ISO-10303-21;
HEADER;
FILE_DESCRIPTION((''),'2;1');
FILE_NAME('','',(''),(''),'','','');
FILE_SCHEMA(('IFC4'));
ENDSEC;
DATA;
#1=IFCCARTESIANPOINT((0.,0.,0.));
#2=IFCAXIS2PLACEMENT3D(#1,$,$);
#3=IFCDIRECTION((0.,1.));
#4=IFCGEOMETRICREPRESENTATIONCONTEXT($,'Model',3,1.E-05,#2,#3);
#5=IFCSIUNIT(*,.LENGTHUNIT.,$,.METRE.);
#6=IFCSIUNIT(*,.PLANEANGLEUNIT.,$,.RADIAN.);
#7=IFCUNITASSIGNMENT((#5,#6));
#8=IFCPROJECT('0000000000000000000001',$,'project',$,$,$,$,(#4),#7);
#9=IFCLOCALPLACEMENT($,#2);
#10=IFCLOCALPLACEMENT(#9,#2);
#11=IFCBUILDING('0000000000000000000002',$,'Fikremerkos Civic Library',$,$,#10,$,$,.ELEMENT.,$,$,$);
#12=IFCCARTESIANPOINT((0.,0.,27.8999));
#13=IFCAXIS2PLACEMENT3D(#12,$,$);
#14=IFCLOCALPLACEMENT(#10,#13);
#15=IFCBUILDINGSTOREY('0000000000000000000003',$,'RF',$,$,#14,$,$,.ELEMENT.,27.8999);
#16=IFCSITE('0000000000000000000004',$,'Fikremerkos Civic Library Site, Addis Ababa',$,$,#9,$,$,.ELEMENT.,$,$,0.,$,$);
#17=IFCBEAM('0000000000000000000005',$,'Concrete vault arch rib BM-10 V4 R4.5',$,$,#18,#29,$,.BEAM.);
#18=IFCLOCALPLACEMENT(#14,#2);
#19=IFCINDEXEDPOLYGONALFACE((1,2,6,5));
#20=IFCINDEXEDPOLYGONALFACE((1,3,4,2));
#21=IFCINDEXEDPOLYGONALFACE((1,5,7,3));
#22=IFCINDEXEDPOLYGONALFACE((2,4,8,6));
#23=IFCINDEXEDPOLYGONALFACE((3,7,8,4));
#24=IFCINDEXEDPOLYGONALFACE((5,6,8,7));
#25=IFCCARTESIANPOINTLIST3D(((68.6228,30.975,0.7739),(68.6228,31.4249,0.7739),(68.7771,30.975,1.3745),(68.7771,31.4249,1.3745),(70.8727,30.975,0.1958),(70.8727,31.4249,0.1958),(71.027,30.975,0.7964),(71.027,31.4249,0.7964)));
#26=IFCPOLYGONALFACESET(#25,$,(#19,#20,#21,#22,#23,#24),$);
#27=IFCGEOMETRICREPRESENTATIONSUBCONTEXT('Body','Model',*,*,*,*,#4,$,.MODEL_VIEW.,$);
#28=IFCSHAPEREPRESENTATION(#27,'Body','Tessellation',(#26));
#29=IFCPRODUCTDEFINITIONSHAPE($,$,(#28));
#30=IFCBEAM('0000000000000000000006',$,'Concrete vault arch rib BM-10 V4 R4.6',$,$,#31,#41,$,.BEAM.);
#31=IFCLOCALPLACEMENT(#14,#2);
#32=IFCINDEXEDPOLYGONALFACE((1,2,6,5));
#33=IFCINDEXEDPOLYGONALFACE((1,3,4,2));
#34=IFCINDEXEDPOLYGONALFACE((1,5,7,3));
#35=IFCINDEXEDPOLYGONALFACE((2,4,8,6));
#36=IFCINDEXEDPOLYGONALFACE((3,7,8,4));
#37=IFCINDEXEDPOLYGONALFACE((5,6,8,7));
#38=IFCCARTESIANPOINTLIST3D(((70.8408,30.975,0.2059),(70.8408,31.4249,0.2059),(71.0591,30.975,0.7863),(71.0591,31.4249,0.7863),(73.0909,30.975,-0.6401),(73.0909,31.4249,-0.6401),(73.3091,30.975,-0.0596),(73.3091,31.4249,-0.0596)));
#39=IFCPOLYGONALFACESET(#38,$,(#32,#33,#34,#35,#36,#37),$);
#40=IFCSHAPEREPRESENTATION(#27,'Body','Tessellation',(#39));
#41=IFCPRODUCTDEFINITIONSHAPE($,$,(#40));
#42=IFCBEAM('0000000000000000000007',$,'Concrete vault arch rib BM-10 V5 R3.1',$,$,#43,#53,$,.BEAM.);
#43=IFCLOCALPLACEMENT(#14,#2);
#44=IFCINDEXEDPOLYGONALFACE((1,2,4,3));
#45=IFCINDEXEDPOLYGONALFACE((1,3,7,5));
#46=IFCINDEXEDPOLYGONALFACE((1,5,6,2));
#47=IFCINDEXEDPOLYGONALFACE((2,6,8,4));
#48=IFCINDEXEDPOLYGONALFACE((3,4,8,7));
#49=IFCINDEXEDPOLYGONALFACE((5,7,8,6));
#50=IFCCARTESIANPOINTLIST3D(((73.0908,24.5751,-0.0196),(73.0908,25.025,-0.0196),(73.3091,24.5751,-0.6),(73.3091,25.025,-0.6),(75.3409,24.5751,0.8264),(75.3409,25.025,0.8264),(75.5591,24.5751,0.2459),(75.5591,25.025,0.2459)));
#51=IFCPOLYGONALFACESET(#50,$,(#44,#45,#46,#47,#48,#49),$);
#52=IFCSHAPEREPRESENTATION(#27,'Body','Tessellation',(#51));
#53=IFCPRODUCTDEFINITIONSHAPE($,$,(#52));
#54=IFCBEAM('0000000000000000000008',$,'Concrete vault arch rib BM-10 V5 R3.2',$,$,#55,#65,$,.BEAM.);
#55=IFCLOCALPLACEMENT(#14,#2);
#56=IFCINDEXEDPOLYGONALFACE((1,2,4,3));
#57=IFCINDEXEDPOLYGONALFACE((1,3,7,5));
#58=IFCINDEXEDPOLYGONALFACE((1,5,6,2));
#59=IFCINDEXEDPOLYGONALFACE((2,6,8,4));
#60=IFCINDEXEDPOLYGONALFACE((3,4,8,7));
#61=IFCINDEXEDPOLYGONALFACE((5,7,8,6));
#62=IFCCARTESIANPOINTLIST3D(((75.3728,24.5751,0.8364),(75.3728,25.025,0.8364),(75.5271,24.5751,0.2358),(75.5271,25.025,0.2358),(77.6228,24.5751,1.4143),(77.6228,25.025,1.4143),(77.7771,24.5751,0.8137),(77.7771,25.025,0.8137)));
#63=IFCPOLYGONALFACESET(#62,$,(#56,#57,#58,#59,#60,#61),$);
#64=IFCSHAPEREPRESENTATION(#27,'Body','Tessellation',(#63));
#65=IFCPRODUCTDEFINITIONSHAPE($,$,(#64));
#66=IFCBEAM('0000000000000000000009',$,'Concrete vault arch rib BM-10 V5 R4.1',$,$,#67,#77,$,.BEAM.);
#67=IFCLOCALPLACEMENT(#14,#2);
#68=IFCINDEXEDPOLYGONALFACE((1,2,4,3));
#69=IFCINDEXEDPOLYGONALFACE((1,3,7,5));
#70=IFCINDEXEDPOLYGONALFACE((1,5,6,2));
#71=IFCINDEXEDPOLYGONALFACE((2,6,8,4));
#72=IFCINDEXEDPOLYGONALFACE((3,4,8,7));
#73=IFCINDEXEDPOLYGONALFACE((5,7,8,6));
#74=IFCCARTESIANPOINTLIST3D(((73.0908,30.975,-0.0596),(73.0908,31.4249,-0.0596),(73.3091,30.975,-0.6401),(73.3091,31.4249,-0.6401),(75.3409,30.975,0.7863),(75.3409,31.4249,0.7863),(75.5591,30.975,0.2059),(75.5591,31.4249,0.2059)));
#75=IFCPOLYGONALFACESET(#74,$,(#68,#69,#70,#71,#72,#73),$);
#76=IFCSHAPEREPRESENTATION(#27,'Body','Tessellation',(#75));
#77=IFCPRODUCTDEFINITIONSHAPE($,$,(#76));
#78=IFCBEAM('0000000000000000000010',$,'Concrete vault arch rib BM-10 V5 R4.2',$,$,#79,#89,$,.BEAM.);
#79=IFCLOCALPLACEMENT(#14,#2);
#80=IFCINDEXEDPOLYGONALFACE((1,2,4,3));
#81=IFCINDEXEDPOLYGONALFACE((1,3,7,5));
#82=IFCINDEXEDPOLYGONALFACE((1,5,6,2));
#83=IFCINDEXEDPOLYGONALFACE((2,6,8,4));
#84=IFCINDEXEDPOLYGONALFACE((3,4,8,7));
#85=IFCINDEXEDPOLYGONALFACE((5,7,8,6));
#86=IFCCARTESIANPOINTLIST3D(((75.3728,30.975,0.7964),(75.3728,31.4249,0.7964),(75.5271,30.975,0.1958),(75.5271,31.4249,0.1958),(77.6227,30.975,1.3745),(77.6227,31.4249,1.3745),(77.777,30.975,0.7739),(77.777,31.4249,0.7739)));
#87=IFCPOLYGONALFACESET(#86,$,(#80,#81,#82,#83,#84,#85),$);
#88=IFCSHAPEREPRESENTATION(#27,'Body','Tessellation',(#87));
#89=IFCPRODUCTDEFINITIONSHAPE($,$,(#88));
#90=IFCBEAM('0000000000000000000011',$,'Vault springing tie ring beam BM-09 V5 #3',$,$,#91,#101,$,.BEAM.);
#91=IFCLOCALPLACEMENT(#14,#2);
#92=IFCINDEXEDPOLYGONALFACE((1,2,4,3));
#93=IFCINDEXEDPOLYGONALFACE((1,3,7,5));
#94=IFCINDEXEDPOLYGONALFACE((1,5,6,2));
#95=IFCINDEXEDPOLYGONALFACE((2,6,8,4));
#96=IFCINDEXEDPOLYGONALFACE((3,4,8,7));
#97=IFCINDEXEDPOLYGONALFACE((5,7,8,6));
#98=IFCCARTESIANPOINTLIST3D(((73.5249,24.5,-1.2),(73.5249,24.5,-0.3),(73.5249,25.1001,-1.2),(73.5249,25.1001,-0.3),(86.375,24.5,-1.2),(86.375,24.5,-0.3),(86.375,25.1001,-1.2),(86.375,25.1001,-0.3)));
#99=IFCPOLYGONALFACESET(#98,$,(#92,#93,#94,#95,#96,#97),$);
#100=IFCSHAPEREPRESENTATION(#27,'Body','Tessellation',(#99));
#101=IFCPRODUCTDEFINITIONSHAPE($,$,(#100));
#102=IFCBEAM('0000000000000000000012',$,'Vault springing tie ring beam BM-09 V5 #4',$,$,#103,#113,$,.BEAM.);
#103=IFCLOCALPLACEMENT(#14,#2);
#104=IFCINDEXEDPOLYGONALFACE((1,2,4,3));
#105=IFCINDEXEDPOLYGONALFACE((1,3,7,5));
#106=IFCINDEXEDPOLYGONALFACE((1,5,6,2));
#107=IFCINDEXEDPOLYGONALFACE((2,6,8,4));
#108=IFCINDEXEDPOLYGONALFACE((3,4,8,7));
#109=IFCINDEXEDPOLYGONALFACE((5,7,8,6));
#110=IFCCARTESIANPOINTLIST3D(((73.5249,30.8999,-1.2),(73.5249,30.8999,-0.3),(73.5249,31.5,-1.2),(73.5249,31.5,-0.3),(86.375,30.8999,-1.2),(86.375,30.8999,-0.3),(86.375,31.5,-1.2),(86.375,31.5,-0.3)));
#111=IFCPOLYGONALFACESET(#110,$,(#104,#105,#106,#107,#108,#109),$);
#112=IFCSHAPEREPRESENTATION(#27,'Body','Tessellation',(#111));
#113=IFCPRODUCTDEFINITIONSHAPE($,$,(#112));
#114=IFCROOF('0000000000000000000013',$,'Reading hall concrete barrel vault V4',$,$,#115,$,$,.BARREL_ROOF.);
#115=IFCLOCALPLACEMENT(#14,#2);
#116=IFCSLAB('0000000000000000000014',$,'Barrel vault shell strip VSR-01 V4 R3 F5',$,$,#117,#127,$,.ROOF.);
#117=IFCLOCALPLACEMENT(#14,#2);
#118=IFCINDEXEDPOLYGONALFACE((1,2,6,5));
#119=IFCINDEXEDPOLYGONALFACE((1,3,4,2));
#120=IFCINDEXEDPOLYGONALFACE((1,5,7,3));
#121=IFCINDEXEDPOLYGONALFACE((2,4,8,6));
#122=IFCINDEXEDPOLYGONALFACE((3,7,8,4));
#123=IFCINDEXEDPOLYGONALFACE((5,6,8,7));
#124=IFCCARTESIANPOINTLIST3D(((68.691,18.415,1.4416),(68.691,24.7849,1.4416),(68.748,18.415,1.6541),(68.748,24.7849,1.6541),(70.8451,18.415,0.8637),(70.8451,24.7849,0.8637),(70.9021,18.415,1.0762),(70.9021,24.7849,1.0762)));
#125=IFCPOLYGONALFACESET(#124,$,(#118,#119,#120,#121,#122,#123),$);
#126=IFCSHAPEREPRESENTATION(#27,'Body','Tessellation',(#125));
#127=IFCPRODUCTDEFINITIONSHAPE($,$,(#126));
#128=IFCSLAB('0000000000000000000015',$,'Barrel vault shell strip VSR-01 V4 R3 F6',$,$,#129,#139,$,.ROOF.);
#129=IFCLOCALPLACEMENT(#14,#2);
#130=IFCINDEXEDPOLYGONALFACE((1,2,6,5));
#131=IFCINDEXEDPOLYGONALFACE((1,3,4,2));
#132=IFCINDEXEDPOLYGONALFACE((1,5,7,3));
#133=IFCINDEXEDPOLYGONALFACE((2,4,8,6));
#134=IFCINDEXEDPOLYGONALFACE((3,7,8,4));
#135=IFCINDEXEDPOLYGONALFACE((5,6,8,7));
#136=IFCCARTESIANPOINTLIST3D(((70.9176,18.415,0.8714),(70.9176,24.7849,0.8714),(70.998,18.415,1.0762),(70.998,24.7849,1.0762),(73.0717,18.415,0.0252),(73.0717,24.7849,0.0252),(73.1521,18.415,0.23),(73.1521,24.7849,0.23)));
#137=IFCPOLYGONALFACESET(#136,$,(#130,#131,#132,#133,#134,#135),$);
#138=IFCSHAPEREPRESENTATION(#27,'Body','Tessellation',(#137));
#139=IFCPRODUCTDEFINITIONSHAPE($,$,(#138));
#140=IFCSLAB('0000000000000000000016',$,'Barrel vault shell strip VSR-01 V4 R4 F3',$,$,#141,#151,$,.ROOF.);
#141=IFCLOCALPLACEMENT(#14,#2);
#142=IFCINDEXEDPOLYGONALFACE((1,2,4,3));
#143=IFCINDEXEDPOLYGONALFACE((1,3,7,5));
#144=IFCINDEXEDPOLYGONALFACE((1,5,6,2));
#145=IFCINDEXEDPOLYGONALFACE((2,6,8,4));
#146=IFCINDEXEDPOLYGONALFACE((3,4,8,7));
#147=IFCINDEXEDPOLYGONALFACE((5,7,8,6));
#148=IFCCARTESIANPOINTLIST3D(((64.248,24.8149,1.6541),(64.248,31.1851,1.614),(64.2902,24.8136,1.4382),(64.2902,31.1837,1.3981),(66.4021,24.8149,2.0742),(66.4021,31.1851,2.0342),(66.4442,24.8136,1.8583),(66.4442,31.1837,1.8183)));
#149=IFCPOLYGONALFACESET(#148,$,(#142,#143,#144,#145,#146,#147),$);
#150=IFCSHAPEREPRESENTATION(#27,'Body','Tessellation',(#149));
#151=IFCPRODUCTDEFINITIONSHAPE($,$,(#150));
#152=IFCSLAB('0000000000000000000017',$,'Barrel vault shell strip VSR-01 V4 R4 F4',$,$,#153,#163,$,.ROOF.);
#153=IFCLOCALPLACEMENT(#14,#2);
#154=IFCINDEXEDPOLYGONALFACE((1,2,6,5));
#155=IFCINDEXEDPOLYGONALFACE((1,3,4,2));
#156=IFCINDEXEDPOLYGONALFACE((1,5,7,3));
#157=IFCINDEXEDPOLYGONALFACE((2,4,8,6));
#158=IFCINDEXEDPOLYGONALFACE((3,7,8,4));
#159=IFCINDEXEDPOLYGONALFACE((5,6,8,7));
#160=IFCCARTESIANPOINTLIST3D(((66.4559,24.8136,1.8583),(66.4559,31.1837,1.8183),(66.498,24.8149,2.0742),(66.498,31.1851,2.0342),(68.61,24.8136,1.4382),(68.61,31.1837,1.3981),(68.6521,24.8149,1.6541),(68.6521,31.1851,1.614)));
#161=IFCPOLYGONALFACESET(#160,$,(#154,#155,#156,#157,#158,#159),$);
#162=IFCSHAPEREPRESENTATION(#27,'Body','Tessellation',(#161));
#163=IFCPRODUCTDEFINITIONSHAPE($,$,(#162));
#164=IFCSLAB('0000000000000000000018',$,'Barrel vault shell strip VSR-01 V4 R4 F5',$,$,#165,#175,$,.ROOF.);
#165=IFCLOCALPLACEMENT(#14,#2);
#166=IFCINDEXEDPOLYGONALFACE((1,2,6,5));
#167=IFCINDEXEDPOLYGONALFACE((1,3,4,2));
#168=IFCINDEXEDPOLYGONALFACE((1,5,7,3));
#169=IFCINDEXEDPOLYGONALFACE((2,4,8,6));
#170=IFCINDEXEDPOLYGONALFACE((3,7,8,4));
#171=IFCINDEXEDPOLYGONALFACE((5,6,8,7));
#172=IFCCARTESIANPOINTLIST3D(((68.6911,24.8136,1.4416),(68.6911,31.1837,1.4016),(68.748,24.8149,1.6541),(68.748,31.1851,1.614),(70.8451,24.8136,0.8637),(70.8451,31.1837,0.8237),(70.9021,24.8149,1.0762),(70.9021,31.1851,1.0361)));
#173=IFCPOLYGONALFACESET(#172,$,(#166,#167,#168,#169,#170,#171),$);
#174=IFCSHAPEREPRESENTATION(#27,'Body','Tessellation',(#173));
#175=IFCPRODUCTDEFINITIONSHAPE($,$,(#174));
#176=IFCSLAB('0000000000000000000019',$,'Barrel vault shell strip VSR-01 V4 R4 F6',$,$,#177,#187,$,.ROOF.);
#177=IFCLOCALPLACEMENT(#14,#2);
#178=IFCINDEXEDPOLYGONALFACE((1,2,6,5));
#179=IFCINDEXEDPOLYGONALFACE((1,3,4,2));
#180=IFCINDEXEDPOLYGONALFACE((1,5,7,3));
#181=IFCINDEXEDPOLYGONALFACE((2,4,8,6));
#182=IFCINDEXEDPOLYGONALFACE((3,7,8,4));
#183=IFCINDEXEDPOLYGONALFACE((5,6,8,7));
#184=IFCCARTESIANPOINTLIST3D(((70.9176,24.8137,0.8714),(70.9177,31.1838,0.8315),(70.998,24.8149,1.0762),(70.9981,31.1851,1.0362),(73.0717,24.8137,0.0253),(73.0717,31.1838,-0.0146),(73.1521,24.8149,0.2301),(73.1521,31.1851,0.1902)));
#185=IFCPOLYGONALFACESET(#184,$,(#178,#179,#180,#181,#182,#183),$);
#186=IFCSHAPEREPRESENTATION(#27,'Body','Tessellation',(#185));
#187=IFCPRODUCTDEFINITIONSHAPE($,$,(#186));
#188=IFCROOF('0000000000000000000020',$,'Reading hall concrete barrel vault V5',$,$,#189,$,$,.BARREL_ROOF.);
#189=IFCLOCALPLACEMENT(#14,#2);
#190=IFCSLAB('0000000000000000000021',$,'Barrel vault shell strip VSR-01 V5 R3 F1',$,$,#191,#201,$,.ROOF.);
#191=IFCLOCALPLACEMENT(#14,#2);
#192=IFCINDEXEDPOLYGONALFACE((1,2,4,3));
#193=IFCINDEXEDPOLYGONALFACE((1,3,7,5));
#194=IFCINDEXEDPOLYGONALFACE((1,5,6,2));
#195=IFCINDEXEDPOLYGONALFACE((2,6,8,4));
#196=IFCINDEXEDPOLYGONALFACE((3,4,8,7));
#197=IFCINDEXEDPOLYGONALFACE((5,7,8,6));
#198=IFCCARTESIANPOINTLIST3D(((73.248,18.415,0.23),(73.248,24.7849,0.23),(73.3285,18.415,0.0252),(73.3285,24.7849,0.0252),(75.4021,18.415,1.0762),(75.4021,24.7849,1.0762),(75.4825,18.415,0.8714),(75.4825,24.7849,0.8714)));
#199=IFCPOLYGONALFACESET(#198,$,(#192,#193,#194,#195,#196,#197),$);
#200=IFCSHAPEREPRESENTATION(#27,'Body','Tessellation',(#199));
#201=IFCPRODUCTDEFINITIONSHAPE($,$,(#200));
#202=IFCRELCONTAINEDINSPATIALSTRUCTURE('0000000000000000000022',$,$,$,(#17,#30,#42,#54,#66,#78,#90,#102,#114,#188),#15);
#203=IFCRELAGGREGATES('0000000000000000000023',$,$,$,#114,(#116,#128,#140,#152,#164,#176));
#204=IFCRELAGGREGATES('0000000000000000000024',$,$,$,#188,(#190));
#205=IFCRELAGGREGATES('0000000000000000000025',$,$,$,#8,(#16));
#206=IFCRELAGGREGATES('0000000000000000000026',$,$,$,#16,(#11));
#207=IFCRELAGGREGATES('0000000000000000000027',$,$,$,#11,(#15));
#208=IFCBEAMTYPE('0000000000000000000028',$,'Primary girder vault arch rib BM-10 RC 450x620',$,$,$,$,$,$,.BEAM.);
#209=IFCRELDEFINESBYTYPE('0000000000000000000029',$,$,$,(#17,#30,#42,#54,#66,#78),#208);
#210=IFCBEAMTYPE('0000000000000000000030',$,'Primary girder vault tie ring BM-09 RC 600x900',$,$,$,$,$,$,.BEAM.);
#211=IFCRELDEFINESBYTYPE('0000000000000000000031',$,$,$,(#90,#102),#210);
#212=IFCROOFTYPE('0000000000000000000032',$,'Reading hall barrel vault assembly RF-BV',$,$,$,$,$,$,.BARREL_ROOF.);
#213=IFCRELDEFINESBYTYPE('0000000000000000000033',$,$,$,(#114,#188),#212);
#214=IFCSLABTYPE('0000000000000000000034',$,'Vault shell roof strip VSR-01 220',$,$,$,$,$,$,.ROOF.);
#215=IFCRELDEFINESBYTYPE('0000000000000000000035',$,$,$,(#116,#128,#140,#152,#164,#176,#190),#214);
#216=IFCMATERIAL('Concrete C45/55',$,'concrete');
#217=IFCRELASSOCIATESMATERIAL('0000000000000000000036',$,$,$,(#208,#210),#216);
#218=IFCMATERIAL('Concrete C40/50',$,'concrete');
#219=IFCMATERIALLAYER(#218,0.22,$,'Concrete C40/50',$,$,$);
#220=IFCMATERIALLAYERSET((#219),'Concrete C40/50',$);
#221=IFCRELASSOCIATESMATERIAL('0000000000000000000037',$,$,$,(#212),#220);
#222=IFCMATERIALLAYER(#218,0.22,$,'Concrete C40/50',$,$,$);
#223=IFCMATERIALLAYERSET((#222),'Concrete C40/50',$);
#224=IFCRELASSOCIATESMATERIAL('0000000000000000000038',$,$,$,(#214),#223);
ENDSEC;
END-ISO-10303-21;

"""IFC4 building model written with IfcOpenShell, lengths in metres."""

from ifc_helpers import new_model, si_unit, direction, frame, origin, origin_2d, place, context, subcontext, project, spatial, polyline, rectangle, outline, extrude, material, layer, layer_set, material_profile, profile_set, type_object, element, aggregate, save


model = new_model("IFC4")

# Units and contexts
model_context = context("Model", 3, precision=1e-05, world=origin(), true_north=direction((0.0, 1.0)))
body_context = subcontext(model_context, "Body", "Model", "MODEL_VIEW")
ifc_project = project(units=[si_unit("LENGTHUNIT", "METRE"), si_unit("PLANEANGLEUNIT", "RADIAN")], contexts=[model_context])

# Site, building, storey
site_placement = place(None, origin())
site = spatial("IfcSite", under=ifc_project, at=site_placement, Name="Fikremerkos Civic Library Site, Addis Ababa", CompositionType="ELEMENT", RefElevation=0.0)
building_placement = place(site_placement, origin())
building = spatial("IfcBuilding", under=site, at=building_placement, Name="Fikremerkos Civic Library", CompositionType="ELEMENT")
storey_placement = place(building_placement, frame((0.0, 0.0, 27.8999)))
storey = spatial("IfcBuildingStorey", under=building, at=storey_placement, Name="RF", CompositionType="ELEMENT", Elevation=27.8999)

# Beams
ifc_material_1 = material(Name="Concrete C45/55", Category="concrete")
ifc_material_profile_1 = material_profile(ifc_material_1, rectangle(XDim=0.45, YDim=0.6201, at=origin_2d()), Name="RC 450x620")
ifc_profile_set_1 = profile_set([ifc_material_profile_1], Name="Concrete C45/55")
beam_type_1 = type_object("IfcBeamType", Name="Primary girder vault arch rib BM-10 RC 450x620", PredefinedType="BEAM", material=ifc_profile_set_1)
beam_1_placement = place(storey_placement, frame((68.7, 31.2, 1.0742), z_axis=(0.968539, 0.0, -0.248861), x_axis=(0.0, 1.0, 0.0)))
element("IfcBeam", 1, at=beam_1_placement, inside=storey, type_object=beam_type_1, Name="Concrete vault arch rib BM-10 V4 R4.5", PredefinedType="BEAM", context=body_context, shape_type="SweptSolid", body=[
    extrude(rectangle(XDim=0.45, YDim=0.6201, at=origin_2d()), origin(), (0.0, 0.0, 1.0), 2.323),
])
for number, where, z_axis, x_axis, name in (
    (2, (70.95, 31.2, 0.4961), (0.936028, 0.0, -0.351925), (0.0, 1.0, 0.0), "Concrete vault arch rib BM-10 V4 R4.6"),
    (3, (73.2, 24.8, -0.3098), (0.936028, 0.0, 0.351925), (0.0, 1.0, 0.0), "Concrete vault arch rib BM-10 V5 R3.1"),
):
    element("IfcBeam", number, at=place(storey_placement, frame(where, z_axis=z_axis, x_axis=x_axis)), inside=storey, type_object=beam_type_1, Name=name, PredefinedType="BEAM", context=body_context, shape_type="SweptSolid", body=[
        extrude(rectangle(XDim=0.45, YDim=0.6201, at=origin_2d()), origin(), (0.0, 0.0, 1.0), 2.4038),
    ])
beam_2_placement = place(storey_placement, frame((75.45, 24.8, 0.5361), z_axis=(0.968565, 0.0, 0.248762), x_axis=(0.0, 1.0, 0.0)))
element("IfcBeam", 4, at=beam_2_placement, inside=storey, type_object=beam_type_1, Name="Concrete vault arch rib BM-10 V5 R3.2", PredefinedType="BEAM", context=body_context, shape_type="SweptSolid", body=[
    extrude(rectangle(XDim=0.45, YDim=0.6201, at=origin_2d()), origin(), (0.0, 0.0, 1.0), 2.323),
])
beam_3_placement = place(storey_placement, frame((73.2, 31.2, -0.3499), z_axis=(0.936028, 0.0, 0.351925), x_axis=(0.0, 1.0, 0.0)))
element("IfcBeam", 5, at=beam_3_placement, inside=storey, type_object=beam_type_1, Name="Concrete vault arch rib BM-10 V5 R4.1", PredefinedType="BEAM", context=body_context, shape_type="SweptSolid", body=[
    extrude(rectangle(XDim=0.45, YDim=0.6201, at=origin_2d()), origin(), (0.0, 0.0, 1.0), 2.4038),
])
beam_4_placement = place(storey_placement, frame((75.45, 31.2, 0.4961), z_axis=(0.968539, 0.0, 0.248861), x_axis=(0.0, 1.0, 0.0)))
element("IfcBeam", 6, at=beam_4_placement, inside=storey, type_object=beam_type_1, Name="Concrete vault arch rib BM-10 V5 R4.2", PredefinedType="BEAM", context=body_context, shape_type="SweptSolid", body=[
    extrude(rectangle(XDim=0.45, YDim=0.6201, at=origin_2d()), origin(), (0.0, 0.0, 1.0), 2.323),
])
ifc_material_profile_2 = material_profile(ifc_material_1, rectangle(XDim=0.6001, YDim=0.8999, at=origin_2d()), Name="RC 600x900")
ifc_profile_set_2 = profile_set([ifc_material_profile_2], Name="Concrete C45/55")
beam_type_2 = type_object("IfcBeamType", Name="Primary girder vault tie ring BM-09 RC 600x900", PredefinedType="BEAM", material=ifc_profile_set_2)
for number, where, z_axis, x_axis, name in (
    (7, (73.5249, 24.8, -0.75), (1.0, 0.0, 0.0), (0.0, 1.0, 0.0), "Vault springing tie ring beam BM-09 V5 #3"),
    (8, (73.5249, 31.2, -0.75), (1.0, 0.0, 0.0), (0.0, 1.0, 0.0), "Vault springing tie ring beam BM-09 V5 #4"),
):
    element("IfcBeam", number, at=place(storey_placement, frame(where, z_axis=z_axis, x_axis=x_axis)), inside=storey, type_object=beam_type_2, Name=name, PredefinedType="BEAM", context=body_context, shape_type="SweptSolid", body=[
        extrude(rectangle(XDim=0.6001, YDim=0.8999, at=origin_2d()), origin(), (0.0, 0.0, 1.0), 12.8501),
    ])

# Roofs, slabs
ifc_material_2 = material(Name="Concrete C40/50", Category="concrete")
ifc_layer_1 = layer(ifc_material_2, 0.22, Name="Concrete C40/50")
ifc_layer_set_1 = layer_set([ifc_layer_1], Name="Concrete C40/50")
roof_type = type_object("IfcRoofType", Name="Reading hall barrel vault assembly RF-BV", PredefinedType="BARREL_ROOF", material=ifc_layer_set_1)
roof_1_placement = place(storey_placement, origin())
roof_1 = element("IfcRoof", 9, at=roof_1_placement, inside=storey, type_object=roof_type, Name="Reading hall concrete barrel vault V4", PredefinedType="BARREL_ROOF")
ifc_layer_2 = layer(ifc_material_2, 0.22, Name="Concrete C40/50")
ifc_layer_set_2 = layer_set([ifc_layer_2], Name="Concrete C40/50")
slab_type_1 = type_object("IfcSlabType", Name="Vault shell roof strip VSR-01 220", PredefinedType="ROOF", material=ifc_layer_set_2)
slab_1_placement = place(storey_placement, frame((68.748, 18.415, 1.6541), z_axis=(0.259114, 0.0, 0.965847), x_axis=(0.965847, 0.0, -0.259114)))
slab_1 = element("IfcSlab", 10, at=slab_1_placement, type_object=slab_type_1, Name="Barrel vault shell strip VSR-01 V4 R3 F5", PredefinedType="ROOF", context=body_context, shape_type="SweptSolid", body=[
    extrude(outline(polyline([(0.0, 0.0), (2.2302, 0.0), (2.2302, 6.3699), (0.0, 6.3699), (0.0, 0.0)])), origin(), (0.0, 0.0, -1.0), 0.22),
])
slab_2_placement = place(storey_placement, frame((70.998, 18.415, 1.0762), z_axis=(0.365636, 0.0, 0.930758), x_axis=(0.930758, 0.0, -0.365636)))
slab_2 = element("IfcSlab", 11, at=slab_2_placement, type_object=slab_type_1, Name="Barrel vault shell strip VSR-01 V4 R3 F6", PredefinedType="ROOF", context=body_context, shape_type="SweptSolid", body=[
    extrude(outline(polyline([(0.0, 0.0), (2.3143, 0.0), (2.3143, 6.3699), (0.0, 6.3699), (0.0, 0.0)])), origin(), (0.0, 0.0, -1.0), 0.22),
])
slab_3_placement = place(storey_placement, frame((64.248, 24.8149, 1.6541), z_axis=(-0.191447, 0.006169, 0.981484), x_axis=(0.981502, 0.0, 0.19145)))
slab_3 = element("IfcSlab", 12, at=slab_3_placement, type_object=slab_type_1, Name="Barrel vault shell strip VSR-01 V4 R4 F3", PredefinedType="ROOF", context=body_context, shape_type="SweptSolid", body=[
    extrude(outline(polyline([(0.0, 0.0), (2.1946, 0.0), (2.187, 6.3702), (-0.0077, 6.3702), (0.0, 0.0)])), origin(), (0.0, 0.0, -1.0), 0.22),
])
slab_4_placement = place(storey_placement, frame((66.498, 24.8149, 2.0742), z_axis=(0.191447, 0.006169, 0.981484), x_axis=(0.981502, 0.0, -0.19145)))
slab_4 = element("IfcSlab", 13, at=slab_4_placement, type_object=slab_type_1, Name="Barrel vault shell strip VSR-01 V4 R4 F4", PredefinedType="ROOF", context=body_context, shape_type="SweptSolid", body=[
    extrude(outline(polyline([(0.0, 0.0), (2.1946, 0.0), (2.2023, 6.3702), (0.0077, 6.3702), (0.0, 0.0)])), origin(), (0.0, 0.0, -1.0), 0.22),
])
slab_5_placement = place(storey_placement, frame((68.748, 24.8149, 1.6541), z_axis=(0.259109, 0.006071, 0.965829), x_axis=(0.965847, 0.0, -0.259114)))
slab_5 = element("IfcSlab", 14, at=slab_5_placement, type_object=slab_type_1, Name="Barrel vault shell strip VSR-01 V4 R4 F5", PredefinedType="ROOF", context=body_context, shape_type="SweptSolid", body=[
    extrude(outline(polyline([(0.0, 0.0), (2.2302, 0.0), (2.2406, 6.3702), (0.0104, 6.3702), (0.0, 0.0)])), origin(), (0.0, 0.0, -1.0), 0.22),
])
slab_6_placement = place(storey_placement, frame((70.998, 24.8149, 1.0762), z_axis=(0.365584, 0.005832, 0.93076), x_axis=(0.930776, 0.0, -0.36559)))
slab_6 = element("IfcSlab", 15, at=slab_6_placement, type_object=slab_type_1, Name="Barrel vault shell strip VSR-01 V4 R4 F6", PredefinedType="ROOF", context=body_context, shape_type="SweptSolid", body=[
    extrude(outline(polyline([(0.0, 0.0), (2.3143, 0.0), (2.3289, 6.3702), (0.0146, 6.3702), (0.0, 0.0)])), origin(), (0.0, 0.0, -1.0), 0.22),
])
roof_2_placement = place(storey_placement, origin())
roof_2 = element("IfcRoof", 16, at=roof_2_placement, inside=storey, type_object=roof_type, Name="Reading hall concrete barrel vault V5", PredefinedType="BARREL_ROOF")
slab_7_placement = place(storey_placement, frame((73.248, 18.415, 0.23), z_axis=(-0.365636, 0.0, 0.930758), x_axis=(0.930758, 0.0, 0.365636)))
slab_7 = element("IfcSlab", 17, at=slab_7_placement, type_object=slab_type_1, Name="Barrel vault shell strip VSR-01 V5 R3 F1", PredefinedType="ROOF", context=body_context, shape_type="SweptSolid", body=[
    extrude(outline(polyline([(0.0, 0.0), (2.3143, 0.0), (2.3143, 6.3699), (0.0, 6.3699), (0.0, 0.0)])), origin(), (0.0, 0.0, -1.0), 0.22),
])

aggregate(roof_1, [slab_1, slab_2, slab_3, slab_4, slab_5, slab_6])
aggregate(roof_2, [slab_7])

save(model, "model.ifc")
